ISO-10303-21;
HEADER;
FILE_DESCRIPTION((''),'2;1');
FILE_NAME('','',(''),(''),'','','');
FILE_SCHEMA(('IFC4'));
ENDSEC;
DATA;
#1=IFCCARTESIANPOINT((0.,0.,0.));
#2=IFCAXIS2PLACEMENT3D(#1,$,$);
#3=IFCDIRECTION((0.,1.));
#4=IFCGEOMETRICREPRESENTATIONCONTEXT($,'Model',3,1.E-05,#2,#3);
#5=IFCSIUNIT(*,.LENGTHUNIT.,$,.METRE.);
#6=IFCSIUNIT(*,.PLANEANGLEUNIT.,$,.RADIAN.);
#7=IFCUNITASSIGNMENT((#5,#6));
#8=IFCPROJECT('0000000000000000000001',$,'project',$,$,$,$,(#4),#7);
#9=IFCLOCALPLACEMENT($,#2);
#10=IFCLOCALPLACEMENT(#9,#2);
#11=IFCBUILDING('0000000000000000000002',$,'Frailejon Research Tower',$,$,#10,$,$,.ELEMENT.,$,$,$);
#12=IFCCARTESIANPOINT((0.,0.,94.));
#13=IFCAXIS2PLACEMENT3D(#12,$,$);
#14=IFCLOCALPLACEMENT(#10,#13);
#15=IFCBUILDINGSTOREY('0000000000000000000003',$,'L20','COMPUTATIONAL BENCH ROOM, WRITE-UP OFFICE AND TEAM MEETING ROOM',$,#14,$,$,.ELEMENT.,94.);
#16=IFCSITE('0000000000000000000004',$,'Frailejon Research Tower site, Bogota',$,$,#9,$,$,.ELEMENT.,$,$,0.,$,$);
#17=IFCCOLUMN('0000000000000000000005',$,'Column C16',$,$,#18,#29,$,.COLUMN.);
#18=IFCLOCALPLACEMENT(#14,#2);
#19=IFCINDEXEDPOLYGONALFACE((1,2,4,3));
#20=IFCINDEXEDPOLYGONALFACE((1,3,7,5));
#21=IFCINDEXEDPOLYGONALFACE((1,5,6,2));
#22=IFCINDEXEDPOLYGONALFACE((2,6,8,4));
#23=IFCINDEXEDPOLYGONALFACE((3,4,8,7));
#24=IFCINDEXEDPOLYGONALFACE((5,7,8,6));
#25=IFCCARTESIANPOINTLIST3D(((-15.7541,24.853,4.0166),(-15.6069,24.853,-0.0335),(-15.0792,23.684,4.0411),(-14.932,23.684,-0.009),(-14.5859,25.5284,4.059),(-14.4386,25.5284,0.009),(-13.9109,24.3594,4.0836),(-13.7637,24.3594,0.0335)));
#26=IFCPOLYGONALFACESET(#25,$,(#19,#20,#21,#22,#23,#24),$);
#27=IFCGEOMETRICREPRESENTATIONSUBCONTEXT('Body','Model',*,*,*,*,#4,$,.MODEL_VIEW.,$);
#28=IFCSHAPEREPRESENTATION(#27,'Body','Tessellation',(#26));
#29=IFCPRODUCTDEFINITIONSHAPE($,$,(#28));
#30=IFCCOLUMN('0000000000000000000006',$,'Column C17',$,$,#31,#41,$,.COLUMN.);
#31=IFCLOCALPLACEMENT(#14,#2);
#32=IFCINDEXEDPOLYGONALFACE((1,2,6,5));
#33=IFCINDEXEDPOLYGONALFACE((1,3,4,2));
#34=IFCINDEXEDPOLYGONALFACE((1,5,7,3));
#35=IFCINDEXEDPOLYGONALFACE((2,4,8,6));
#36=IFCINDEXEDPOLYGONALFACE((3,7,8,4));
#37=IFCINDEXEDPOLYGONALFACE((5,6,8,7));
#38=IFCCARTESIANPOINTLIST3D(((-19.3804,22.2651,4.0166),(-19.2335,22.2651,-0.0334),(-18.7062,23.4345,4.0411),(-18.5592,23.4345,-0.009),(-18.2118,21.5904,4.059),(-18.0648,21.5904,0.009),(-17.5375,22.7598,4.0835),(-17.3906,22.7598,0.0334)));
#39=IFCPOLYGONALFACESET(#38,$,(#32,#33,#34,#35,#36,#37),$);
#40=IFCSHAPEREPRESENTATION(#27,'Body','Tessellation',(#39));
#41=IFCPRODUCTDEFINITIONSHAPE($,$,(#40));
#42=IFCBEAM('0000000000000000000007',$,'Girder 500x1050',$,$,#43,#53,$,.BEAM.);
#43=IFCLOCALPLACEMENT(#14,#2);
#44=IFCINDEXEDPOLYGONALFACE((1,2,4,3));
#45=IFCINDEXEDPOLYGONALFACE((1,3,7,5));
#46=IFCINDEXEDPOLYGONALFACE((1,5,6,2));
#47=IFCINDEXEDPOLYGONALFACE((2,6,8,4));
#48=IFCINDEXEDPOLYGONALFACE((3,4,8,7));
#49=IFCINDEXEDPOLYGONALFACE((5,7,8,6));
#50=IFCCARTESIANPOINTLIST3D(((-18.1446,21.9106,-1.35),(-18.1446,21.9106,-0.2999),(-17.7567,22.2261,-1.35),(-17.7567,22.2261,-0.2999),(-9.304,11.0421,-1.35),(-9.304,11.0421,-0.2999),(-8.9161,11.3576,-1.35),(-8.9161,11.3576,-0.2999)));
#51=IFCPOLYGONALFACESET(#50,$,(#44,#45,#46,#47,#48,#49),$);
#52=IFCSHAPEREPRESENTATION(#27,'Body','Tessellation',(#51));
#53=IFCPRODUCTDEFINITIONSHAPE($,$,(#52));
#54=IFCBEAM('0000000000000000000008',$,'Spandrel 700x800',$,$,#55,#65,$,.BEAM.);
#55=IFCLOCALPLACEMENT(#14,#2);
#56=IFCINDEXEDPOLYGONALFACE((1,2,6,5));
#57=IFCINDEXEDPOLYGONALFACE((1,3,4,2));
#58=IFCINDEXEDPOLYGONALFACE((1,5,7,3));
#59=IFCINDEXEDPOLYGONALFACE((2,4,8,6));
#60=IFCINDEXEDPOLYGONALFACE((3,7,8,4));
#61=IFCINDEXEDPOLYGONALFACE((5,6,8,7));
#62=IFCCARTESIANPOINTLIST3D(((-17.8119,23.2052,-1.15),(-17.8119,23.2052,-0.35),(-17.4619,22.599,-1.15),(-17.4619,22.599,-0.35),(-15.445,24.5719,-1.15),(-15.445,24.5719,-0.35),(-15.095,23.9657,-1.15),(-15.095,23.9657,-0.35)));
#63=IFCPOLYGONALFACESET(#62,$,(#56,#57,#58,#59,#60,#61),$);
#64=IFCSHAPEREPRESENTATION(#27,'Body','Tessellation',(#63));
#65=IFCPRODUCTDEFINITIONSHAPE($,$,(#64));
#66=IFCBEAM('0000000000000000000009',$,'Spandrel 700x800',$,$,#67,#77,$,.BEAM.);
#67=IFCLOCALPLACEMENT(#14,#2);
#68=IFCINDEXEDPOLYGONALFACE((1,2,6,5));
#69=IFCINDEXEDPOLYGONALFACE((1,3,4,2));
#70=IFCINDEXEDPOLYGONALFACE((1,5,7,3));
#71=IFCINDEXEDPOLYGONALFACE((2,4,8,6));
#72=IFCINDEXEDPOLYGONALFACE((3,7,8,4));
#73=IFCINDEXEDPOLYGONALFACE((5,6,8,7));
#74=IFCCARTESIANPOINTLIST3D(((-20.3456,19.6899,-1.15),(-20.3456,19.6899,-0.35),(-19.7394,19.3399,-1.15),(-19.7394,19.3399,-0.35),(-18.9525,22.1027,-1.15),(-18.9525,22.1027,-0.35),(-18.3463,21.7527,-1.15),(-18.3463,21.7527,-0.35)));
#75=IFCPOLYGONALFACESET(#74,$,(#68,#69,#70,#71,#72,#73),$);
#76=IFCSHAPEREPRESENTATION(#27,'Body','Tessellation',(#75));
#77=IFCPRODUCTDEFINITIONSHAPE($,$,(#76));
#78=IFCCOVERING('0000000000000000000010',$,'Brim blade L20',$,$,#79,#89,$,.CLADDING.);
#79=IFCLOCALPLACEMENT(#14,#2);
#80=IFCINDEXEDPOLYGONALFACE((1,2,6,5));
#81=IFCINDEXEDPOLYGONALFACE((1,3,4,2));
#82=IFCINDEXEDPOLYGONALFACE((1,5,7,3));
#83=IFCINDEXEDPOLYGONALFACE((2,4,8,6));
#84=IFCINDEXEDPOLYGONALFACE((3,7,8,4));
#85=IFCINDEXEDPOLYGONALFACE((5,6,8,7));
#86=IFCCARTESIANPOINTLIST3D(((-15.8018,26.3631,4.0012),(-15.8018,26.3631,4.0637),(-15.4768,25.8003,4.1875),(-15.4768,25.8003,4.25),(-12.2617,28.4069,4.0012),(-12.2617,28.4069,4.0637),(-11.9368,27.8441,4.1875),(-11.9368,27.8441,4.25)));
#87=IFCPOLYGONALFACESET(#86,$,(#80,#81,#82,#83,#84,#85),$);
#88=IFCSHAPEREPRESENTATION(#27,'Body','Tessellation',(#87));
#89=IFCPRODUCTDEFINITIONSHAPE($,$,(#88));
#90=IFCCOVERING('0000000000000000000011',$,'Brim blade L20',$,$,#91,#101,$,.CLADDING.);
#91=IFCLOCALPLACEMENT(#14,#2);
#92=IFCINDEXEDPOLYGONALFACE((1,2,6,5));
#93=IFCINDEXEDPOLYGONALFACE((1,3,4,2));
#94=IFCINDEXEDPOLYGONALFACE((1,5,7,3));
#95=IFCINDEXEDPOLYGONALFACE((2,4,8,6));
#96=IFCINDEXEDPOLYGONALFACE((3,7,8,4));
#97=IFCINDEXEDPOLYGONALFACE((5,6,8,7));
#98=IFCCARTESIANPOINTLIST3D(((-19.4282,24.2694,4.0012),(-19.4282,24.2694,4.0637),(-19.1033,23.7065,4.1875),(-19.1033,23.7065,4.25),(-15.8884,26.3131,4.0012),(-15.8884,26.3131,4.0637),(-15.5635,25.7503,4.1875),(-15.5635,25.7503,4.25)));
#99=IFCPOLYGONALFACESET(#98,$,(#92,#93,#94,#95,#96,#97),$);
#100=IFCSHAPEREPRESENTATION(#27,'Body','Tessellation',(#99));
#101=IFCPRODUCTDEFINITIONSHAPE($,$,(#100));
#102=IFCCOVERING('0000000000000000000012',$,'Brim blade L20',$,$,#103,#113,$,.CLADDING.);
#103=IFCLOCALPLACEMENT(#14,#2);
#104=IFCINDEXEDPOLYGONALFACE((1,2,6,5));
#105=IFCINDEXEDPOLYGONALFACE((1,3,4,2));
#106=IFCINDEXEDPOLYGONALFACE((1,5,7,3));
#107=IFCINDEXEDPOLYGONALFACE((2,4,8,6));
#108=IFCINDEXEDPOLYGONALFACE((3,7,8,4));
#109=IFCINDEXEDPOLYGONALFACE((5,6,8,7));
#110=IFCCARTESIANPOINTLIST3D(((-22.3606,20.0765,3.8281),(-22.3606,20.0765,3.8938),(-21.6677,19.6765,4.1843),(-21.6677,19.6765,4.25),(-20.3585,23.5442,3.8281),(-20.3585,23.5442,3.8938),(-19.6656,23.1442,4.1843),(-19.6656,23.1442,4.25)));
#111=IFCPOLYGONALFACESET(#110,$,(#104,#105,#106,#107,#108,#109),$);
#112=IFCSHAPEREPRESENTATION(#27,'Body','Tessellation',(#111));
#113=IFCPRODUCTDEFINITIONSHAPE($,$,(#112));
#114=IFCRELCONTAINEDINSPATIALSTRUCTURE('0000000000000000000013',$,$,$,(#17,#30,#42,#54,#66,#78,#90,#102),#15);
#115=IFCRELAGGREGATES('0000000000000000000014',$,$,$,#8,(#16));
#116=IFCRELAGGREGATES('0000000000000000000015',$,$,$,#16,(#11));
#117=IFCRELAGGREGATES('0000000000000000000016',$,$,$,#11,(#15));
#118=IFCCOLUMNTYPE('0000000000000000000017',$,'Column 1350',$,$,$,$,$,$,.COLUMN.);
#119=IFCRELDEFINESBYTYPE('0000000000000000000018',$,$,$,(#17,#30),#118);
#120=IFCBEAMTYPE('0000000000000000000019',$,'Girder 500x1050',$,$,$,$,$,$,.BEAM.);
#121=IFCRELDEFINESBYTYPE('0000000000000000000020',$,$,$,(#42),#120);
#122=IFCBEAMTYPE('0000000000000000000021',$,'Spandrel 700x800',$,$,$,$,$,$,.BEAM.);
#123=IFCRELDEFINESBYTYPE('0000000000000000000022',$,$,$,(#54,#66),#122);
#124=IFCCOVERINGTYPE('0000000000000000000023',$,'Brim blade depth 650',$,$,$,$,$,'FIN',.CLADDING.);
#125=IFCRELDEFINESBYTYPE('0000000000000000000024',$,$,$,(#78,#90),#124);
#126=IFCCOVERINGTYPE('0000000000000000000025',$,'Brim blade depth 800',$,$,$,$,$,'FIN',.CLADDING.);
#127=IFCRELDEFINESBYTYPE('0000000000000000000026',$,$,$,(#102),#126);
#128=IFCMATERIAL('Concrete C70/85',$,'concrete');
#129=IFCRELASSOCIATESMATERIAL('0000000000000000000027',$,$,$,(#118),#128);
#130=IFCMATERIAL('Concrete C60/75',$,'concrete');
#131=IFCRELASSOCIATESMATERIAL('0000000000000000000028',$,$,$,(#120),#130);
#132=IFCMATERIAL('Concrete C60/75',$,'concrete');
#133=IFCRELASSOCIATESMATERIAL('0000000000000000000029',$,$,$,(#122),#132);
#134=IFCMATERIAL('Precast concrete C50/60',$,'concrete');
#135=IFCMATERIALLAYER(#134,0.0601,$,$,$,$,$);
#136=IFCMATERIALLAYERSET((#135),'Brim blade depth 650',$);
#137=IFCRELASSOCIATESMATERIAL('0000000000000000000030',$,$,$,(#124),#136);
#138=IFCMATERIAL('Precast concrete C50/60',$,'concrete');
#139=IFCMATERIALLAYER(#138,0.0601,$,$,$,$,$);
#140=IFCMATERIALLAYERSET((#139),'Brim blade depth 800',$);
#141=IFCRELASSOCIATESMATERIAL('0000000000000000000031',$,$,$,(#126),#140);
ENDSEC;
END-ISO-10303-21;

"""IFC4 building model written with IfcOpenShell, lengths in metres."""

from ifc_helpers import new_model, si_unit, direction, frame, origin, origin_2d, place, context, subcontext, project, spatial, polyline, rectangle, outline, extrude, material, layer, layer_set, material_profile, profile_set, type_object, element, save


model = new_model("IFC4")

# Units and contexts
model_context = context("Model", 3, precision=1e-05, world=origin(), true_north=direction((0.0, 1.0)))
body_context = subcontext(model_context, "Body", "Model", "MODEL_VIEW")
ifc_project = project(units=[si_unit("LENGTHUNIT", "METRE"), si_unit("PLANEANGLEUNIT", "RADIAN")], contexts=[model_context])

# Site, building, storey
site_placement = place(None, origin())
site = spatial("IfcSite", under=ifc_project, at=site_placement, Name="Frailejon Research Tower site, Bogota", CompositionType="ELEMENT", RefElevation=0.0)
building_placement = place(site_placement, origin())
building = spatial("IfcBuilding", under=site, at=building_placement, Name="Frailejon Research Tower", CompositionType="ELEMENT")
storey_placement = place(building_placement, frame((0.0, 0.0, 94.0)))
storey = spatial("IfcBuildingStorey", under=building, at=storey_placement, Name="L20", Description="COMPUTATIONAL BENCH ROOM, WRITE-UP OFFICE AND TEAM MEETING ROOM", CompositionType="ELEMENT", Elevation=94.0)

# Columns
ifc_material_1 = material(Name="Concrete C70/85", Category="concrete")
ifc_material_profile_1 = material_profile(ifc_material_1, rectangle(XDim=1.3501, YDim=1.3501, at=origin_2d()), Name="Column 1350")
ifc_profile_set_1 = profile_set([ifc_material_profile_1], Name="Concrete C70/85")
column_type = type_object("IfcColumnType", Name="Column 1350", PredefinedType="COLUMN", material=ifc_profile_set_1)
for number, where, z_axis, x_axis, name in (
    (1, (-14.6853, 24.6062, 0.0), (-0.036325, 0.0, 0.99934), (-0.865312, -0.500246, -0.031454), "Column C16"),
    (2, (-18.312, 22.5125, 0.0), (-0.036265, 0.0, 0.999342), (-0.499425, -0.866168, -0.018124), "Column C17"),
):
    element("IfcColumn", number, at=place(storey_placement, frame(where, z_axis=z_axis, x_axis=x_axis)), inside=storey, type_object=column_type, Name=name, PredefinedType="COLUMN", context=body_context, shape_type="SweptSolid", body=[
        extrude(rectangle(XDim=1.3501, YDim=1.3501, at=origin_2d()), origin(), (0.0, 0.0, 1.0), 4.0527),
    ])

# Beams
ifc_material_2 = material(Name="Concrete C60/75", Category="concrete")
ifc_material_profile_2 = material_profile(ifc_material_2, rectangle(XDim=0.5, YDim=1.05, at=origin_2d()), Name="Girder 500x1050")
ifc_profile_set_2 = profile_set([ifc_material_profile_2], Name="Concrete C60/75")
beam_type_1 = type_object("IfcBeamType", Name="Girder 500x1050", PredefinedType="BEAM", material=ifc_profile_set_2)
beam_1_placement = place(storey_placement, frame((-17.9507, 22.0684, -0.825), z_axis=(0.631022, -0.775765, 0.0), x_axis=(0.775765, 0.631022, 0.0)))
element("IfcBeam", 3, at=beam_1_placement, inside=storey, type_object=beam_type_1, Name="Girder 500x1050", PredefinedType="BEAM", context=body_context, shape_type="SweptSolid", body=[
    extrude(rectangle(XDim=0.5, YDim=1.05, at=origin_2d()), origin(), (0.0, 0.0, 1.0), 14.01),
])
ifc_material_3 = material(Name="Concrete C60/75", Category="concrete")
ifc_material_profile_3 = material_profile(ifc_material_3, rectangle(XDim=0.7, YDim=0.8, at=origin_2d()), Name="Spandrel 700x800")
ifc_profile_set_3 = profile_set([ifc_material_profile_3], Name="Concrete C60/75")
beam_type_2 = type_object("IfcBeamType", Name="Spandrel 700x800", PredefinedType="BEAM", material=ifc_profile_set_3)
beam_2_placement = place(storey_placement, frame((-15.27, 24.2688, -0.75), z_axis=(-0.866003, -0.500039, 0.0), x_axis=(0.500039, -0.866003, 0.0)))
element("IfcBeam", 4, at=beam_2_placement, inside=storey, type_object=beam_type_2, Name="Spandrel 700x800", PredefinedType="BEAM", context=body_context, shape_type="SweptSolid", body=[
    extrude(rectangle(XDim=0.7, YDim=0.8, at=origin_2d()), origin(), (0.0, 0.0, 1.0), 2.7332),
])
beam_3_placement = place(storey_placement, frame((-18.6494, 21.9277, -0.75), z_axis=(-0.500003, -0.866024, 0.0), x_axis=(0.866024, -0.500003, 0.0)))
element("IfcBeam", 5, at=beam_3_placement, inside=storey, type_object=beam_type_2, Name="Spandrel 700x800", PredefinedType="BEAM", context=body_context, shape_type="SweptSolid", body=[
    extrude(rectangle(XDim=0.7, YDim=0.8, at=origin_2d()), origin(), (0.0, 0.0, 1.0), 2.7861),
])

# Coverings
ifc_material_4 = material(Name="Precast concrete C50/60", Category="concrete")
ifc_layer_1 = layer(ifc_material_4, 0.0601)
ifc_layer_set_1 = layer_set([ifc_layer_1], Name="Brim blade depth 650")
covering_type_1 = type_object("IfcCoveringType", Name="Brim blade depth 650", ElementType="FIN", PredefinedType="CLADDING", material=ifc_layer_set_1)
covering_1_placement = place(storey_placement, frame((-15.4768, 25.8003, 4.25), z_axis=(0.866027, 0.499997, 0.0), x_axis=(-0.499997, 0.866027, 0.0)))
element("IfcCovering", 6, at=covering_1_placement, inside=storey, type_object=covering_type_1, Name="Brim blade L20", PredefinedType="CLADDING", context=body_context, shape_type="SweptSolid", body=[
    extrude(outline(polyline([(0.0, -0.0625), (0.6499, -0.2488), (0.6499, -0.1863), (0.0, 0.0), (0.0, -0.0625)])), origin(), (0.0, 0.0, 1.0), 4.0876),
])
covering_2_placement = place(storey_placement, frame((-19.1033, 23.7065, 4.25), z_axis=(0.866021, 0.500007, 0.0), x_axis=(-0.500007, 0.866021, 0.0)))
element("IfcCovering", 7, at=covering_2_placement, inside=storey, type_object=covering_type_1, Name="Brim blade L20", PredefinedType="CLADDING", context=body_context, shape_type="SweptSolid", body=[
    extrude(outline(polyline([(0.0, -0.0625), (0.6499, -0.2488), (0.6499, -0.1863), (0.0, 0.0), (0.0, -0.0625)])), origin(), (0.0, 0.0, 1.0), 4.0874),
])
ifc_material_5 = material(Name="Precast concrete C50/60", Category="concrete")
ifc_layer_2 = layer(ifc_material_5, 0.0601)
ifc_layer_set_2 = layer_set([ifc_layer_2], Name="Brim blade depth 800")
covering_type_2 = type_object("IfcCoveringType", Name="Brim blade depth 800", ElementType="FIN", PredefinedType="CLADDING", material=ifc_layer_set_2)
covering_3_placement = place(storey_placement, frame((-21.6677, 19.6765, 4.25), z_axis=(0.500004, 0.866023, 0.0), x_axis=(-0.866023, 0.500004, 0.0)))
element("IfcCovering", 8, at=covering_3_placement, inside=storey, type_object=covering_type_2, Name="Brim blade L20", PredefinedType="CLADDING", context=body_context, shape_type="SweptSolid", body=[
    extrude(outline(polyline([(0.0, -0.0657), (0.8, -0.4219), (0.8, -0.3562), (0.0, 0.0), (0.0, -0.0657)])), origin(), (0.0, 0.0, 1.0), 4.0042),
])

save(model, "model.ifc")
